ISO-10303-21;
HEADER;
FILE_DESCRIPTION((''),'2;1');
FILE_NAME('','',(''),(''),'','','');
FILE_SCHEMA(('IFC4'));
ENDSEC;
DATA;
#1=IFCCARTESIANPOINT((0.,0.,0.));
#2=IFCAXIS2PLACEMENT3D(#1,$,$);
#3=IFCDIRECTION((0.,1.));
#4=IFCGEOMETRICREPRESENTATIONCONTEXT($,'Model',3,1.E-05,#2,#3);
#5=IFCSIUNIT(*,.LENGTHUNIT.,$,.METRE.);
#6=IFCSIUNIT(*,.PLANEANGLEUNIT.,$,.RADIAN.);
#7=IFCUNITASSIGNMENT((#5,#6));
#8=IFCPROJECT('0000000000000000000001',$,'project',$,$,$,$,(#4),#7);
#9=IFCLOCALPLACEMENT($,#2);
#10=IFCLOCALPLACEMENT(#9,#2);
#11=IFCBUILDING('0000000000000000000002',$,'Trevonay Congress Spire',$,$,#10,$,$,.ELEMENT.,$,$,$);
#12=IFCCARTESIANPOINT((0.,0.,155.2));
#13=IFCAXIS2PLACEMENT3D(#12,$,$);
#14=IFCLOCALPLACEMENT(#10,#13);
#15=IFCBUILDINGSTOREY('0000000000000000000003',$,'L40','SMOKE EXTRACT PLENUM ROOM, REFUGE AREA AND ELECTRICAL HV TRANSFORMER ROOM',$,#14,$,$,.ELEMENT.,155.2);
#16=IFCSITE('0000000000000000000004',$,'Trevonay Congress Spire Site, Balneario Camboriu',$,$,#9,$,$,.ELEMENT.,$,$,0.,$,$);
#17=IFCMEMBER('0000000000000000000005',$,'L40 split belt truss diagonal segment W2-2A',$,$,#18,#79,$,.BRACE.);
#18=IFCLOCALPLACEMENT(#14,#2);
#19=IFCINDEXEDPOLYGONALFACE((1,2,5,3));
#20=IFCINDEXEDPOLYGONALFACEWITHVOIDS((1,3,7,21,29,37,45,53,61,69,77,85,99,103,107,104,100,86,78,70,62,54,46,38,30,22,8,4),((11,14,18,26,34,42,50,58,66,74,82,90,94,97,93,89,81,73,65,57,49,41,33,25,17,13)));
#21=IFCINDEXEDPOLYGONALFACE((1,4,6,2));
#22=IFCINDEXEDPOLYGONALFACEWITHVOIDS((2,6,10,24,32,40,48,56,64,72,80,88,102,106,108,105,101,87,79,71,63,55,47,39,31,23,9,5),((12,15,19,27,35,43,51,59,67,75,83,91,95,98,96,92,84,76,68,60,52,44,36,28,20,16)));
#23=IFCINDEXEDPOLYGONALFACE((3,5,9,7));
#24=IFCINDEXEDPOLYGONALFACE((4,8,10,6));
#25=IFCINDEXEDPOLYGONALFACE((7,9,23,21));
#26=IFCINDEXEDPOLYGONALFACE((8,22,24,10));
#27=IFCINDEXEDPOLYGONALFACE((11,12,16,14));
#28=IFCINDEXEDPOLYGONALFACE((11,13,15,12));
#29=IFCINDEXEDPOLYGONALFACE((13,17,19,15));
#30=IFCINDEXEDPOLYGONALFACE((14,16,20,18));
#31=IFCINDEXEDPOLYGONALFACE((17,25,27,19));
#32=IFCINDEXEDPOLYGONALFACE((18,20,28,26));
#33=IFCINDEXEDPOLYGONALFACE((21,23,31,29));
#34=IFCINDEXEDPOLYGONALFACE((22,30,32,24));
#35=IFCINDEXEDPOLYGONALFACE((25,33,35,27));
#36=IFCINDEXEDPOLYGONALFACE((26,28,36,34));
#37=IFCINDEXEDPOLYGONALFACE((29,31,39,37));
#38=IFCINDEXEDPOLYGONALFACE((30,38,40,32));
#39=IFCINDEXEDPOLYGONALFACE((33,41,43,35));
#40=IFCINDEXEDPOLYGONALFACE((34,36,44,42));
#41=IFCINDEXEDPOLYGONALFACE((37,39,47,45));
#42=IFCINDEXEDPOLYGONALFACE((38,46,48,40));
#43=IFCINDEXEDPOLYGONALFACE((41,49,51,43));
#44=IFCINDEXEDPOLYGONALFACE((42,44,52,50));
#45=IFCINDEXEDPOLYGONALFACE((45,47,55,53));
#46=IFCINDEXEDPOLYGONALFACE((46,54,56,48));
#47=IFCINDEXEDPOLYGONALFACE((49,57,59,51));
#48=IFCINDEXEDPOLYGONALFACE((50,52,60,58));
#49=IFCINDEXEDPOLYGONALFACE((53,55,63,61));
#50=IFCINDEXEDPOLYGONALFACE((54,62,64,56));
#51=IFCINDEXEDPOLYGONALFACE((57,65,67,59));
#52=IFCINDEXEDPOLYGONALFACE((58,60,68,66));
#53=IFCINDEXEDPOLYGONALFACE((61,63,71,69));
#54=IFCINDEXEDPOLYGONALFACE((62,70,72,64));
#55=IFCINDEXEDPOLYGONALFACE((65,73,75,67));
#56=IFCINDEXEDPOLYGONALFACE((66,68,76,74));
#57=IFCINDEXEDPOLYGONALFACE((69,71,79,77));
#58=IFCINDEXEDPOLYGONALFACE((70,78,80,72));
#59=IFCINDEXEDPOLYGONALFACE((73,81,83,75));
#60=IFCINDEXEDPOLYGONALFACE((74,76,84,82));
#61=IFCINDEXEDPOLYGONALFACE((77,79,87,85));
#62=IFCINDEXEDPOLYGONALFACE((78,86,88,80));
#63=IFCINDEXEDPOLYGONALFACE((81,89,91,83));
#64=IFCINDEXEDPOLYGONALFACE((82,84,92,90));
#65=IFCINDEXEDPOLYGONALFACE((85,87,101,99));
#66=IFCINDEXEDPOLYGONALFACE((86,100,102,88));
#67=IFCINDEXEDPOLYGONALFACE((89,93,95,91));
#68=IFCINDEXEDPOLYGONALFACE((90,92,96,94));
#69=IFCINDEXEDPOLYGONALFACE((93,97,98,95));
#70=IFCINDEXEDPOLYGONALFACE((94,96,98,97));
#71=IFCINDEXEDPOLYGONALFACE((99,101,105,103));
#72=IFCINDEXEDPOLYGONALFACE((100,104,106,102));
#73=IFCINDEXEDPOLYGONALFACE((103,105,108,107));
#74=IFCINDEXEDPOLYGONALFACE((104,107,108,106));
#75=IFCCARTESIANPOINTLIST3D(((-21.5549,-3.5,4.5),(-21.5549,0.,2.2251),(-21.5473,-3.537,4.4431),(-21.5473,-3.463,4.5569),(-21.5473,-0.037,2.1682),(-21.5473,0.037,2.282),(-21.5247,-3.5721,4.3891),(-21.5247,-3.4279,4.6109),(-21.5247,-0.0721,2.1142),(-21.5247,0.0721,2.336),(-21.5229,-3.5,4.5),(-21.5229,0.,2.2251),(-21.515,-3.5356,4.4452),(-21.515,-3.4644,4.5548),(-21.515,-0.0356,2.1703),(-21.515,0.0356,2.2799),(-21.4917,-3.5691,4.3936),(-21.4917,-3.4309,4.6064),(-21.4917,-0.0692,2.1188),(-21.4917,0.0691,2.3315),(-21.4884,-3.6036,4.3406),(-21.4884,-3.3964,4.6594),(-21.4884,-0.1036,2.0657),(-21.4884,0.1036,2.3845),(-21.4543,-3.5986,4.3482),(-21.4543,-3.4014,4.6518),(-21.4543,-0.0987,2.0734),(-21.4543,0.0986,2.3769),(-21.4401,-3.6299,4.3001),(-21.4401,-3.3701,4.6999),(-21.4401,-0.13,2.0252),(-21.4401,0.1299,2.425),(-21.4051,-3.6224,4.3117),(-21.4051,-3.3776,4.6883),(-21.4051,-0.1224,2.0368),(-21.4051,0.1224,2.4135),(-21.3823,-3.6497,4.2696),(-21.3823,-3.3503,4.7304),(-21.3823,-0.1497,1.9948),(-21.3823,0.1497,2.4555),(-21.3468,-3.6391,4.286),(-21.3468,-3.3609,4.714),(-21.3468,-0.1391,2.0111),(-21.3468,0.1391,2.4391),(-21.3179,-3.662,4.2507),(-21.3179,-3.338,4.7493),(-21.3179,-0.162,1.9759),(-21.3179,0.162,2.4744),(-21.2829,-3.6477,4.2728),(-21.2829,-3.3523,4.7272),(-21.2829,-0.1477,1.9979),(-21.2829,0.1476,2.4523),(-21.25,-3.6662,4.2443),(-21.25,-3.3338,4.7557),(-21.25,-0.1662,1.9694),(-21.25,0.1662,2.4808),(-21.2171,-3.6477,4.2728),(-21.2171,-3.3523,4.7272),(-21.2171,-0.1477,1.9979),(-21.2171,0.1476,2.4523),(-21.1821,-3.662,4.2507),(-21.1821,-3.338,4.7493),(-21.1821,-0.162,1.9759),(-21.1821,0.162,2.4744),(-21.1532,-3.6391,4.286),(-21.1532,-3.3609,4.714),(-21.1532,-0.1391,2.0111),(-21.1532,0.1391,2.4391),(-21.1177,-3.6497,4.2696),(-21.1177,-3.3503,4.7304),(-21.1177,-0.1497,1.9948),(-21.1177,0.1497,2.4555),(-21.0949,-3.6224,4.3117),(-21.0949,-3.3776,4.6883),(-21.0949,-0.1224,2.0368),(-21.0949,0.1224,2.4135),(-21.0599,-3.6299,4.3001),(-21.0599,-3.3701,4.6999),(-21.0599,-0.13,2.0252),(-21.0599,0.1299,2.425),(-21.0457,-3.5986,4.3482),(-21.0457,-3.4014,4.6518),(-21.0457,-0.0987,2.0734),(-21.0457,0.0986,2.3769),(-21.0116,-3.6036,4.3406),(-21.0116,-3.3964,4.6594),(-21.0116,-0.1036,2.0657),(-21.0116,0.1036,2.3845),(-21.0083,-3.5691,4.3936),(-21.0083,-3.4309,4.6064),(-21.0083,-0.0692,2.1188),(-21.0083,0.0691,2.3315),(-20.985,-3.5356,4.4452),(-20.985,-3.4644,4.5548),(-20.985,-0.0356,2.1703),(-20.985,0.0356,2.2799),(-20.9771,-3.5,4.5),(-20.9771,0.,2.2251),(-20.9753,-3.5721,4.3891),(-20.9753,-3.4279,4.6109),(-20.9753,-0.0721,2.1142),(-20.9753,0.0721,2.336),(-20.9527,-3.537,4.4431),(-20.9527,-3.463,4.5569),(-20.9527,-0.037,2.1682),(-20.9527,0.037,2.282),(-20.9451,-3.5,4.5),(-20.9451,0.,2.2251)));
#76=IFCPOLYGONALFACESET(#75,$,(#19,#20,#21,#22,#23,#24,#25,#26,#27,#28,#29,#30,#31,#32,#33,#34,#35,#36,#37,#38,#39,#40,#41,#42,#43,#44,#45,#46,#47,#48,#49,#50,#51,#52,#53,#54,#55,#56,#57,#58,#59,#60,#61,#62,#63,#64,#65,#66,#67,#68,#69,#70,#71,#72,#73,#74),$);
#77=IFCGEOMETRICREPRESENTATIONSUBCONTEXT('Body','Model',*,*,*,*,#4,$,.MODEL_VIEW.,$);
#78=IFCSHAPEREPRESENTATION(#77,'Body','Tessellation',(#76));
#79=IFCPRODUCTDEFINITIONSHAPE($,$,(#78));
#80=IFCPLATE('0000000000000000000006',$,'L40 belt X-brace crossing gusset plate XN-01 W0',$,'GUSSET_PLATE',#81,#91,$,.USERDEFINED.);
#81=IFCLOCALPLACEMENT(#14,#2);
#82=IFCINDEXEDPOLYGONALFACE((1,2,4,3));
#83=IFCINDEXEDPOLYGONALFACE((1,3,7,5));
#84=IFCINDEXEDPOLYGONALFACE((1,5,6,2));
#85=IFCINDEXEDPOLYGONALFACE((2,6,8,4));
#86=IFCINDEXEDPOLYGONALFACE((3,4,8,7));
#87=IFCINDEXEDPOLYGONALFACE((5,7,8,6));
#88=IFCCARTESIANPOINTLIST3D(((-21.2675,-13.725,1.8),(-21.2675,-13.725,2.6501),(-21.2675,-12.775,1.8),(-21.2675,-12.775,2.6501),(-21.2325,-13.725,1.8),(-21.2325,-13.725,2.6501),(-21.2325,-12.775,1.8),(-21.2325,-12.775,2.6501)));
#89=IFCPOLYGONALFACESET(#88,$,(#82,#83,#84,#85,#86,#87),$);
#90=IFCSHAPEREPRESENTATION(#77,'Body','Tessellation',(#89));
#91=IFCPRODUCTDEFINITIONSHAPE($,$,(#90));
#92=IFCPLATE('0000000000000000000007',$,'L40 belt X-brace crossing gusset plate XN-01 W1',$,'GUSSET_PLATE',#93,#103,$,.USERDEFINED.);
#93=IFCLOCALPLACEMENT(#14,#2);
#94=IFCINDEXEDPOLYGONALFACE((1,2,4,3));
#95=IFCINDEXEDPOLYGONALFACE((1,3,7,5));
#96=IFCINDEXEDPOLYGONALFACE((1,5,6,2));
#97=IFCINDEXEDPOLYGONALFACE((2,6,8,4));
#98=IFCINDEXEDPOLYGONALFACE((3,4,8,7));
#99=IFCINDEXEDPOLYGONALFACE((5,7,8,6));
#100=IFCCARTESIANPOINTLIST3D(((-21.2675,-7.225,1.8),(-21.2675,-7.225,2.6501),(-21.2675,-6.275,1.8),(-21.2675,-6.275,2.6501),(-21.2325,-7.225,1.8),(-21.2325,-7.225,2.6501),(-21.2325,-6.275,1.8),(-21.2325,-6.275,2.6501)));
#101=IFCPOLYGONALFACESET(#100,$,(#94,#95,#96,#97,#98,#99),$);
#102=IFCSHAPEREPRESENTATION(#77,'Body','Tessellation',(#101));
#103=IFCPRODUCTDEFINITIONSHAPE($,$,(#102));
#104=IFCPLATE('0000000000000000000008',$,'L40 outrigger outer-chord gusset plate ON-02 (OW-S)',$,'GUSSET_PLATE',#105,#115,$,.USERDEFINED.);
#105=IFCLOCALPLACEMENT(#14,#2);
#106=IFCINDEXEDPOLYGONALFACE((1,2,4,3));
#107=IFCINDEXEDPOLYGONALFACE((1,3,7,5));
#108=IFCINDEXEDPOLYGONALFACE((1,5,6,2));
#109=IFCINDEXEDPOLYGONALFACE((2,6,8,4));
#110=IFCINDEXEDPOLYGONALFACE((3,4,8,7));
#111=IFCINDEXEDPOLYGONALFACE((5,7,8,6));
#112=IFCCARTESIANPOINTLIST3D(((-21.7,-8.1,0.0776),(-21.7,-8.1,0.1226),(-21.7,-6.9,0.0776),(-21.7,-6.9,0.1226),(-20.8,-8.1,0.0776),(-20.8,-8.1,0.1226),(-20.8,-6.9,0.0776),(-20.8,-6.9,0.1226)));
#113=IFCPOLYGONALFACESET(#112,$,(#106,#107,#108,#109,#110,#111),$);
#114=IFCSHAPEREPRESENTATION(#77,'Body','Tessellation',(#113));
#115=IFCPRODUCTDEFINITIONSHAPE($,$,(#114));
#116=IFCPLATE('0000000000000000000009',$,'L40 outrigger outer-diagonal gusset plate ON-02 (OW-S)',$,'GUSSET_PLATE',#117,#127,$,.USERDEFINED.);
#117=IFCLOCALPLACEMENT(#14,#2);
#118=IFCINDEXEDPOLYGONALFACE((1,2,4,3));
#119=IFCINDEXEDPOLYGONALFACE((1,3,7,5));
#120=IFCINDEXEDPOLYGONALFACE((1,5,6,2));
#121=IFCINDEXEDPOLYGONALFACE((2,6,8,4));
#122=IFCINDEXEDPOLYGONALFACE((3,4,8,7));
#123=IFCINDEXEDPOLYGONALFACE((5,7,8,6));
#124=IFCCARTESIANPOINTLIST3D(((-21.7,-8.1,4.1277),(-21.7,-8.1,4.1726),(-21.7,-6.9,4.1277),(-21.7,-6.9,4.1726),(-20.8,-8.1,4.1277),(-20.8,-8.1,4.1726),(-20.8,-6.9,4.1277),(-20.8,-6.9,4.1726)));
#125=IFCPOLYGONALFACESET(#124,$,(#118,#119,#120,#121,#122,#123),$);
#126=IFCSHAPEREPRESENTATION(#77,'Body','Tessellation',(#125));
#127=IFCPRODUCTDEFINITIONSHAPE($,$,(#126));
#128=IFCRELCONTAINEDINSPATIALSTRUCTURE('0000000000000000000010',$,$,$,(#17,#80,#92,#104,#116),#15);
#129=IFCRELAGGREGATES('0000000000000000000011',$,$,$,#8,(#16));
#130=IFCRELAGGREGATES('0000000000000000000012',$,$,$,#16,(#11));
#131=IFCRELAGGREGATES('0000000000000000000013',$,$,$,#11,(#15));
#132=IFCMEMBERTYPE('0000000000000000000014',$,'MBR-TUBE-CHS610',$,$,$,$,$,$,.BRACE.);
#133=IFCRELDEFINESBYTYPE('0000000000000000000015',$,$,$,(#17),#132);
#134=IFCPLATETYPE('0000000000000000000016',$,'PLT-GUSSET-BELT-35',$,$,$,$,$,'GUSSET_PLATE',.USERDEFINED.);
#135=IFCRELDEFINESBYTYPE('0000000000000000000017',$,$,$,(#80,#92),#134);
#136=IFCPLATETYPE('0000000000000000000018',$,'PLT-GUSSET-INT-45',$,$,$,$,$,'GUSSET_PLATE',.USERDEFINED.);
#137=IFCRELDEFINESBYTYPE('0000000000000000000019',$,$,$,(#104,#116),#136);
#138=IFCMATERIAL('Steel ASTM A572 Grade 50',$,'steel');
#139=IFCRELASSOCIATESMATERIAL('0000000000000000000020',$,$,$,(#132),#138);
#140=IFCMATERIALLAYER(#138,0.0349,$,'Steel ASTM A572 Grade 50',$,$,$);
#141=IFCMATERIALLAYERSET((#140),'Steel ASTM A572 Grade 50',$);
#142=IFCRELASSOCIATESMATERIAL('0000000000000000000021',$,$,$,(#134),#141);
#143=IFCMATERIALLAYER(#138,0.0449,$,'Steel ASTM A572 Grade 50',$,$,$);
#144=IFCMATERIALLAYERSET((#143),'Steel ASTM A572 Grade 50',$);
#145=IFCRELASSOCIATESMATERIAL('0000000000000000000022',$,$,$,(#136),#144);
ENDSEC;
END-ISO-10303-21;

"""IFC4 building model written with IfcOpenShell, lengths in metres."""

from ifc_helpers import new_model, si_unit, direction, frame, origin, origin_2d, place, context, subcontext, project, spatial, rectangle, hollow_circle, extrude, material, layer, layer_set, material_profile, profile_set, type_object, element, save


model = new_model("IFC4")

# Units and contexts
model_context = context("Model", 3, precision=1e-05, world=origin(), true_north=direction((0.0, 1.0)))
body_context = subcontext(model_context, "Body", "Model", "MODEL_VIEW")
ifc_project = project(units=[si_unit("LENGTHUNIT", "METRE"), si_unit("PLANEANGLEUNIT", "RADIAN")], contexts=[model_context])

# Site, building, storey
site_placement = place(None, origin())
site = spatial("IfcSite", under=ifc_project, at=site_placement, Name="Trevonay Congress Spire Site, Balneario Camboriu", CompositionType="ELEMENT", RefElevation=0.0)
building_placement = place(site_placement, origin())
building = spatial("IfcBuilding", under=site, at=building_placement, Name="Trevonay Congress Spire", CompositionType="ELEMENT")
storey_placement = place(building_placement, frame((0.0, 0.0, 155.2)))
storey = spatial("IfcBuildingStorey", under=building, at=storey_placement, Name="L40", Description="SMOKE EXTRACT PLENUM ROOM, REFUGE AREA AND ELECTRICAL HV TRANSFORMER ROOM", CompositionType="ELEMENT", Elevation=155.2)

# Shared definitions
ifc_material_1 = material(Name="Steel ASTM A572 Grade 50", Category="steel")

# Member
ifc_material_profile_1 = material_profile(ifc_material_1, hollow_circle(Radius=0.3049, WallThickness=0.032, at=origin_2d()), Name="CHS 610x32")
ifc_profile_set_1 = profile_set([ifc_material_profile_1], Name="Steel ASTM A572 Grade 50")
member_type = type_object("IfcMemberType", Name="MBR-TUBE-CHS610", PredefinedType="BRACE", material=ifc_profile_set_1)
member_1_placement = place(storey_placement, frame((-21.25, -3.5, 4.5), z_axis=(0.0, 0.838454, -0.544972), x_axis=(-1.0, 0.0, 0.0)))
element("IfcMember", 1, at=member_1_placement, inside=storey, type_object=member_type, Name="L40 split belt truss diagonal segment W2-2A", PredefinedType="BRACE", context=body_context, shape_type="SweptSolid", body=[
    extrude(hollow_circle(Radius=0.3049, WallThickness=0.032, at=origin_2d()), origin(), (0.0, 0.0, 1.0), 4.1743),
])

# Plates
ifc_layer_1 = layer(ifc_material_1, 0.0349, Name="Steel ASTM A572 Grade 50")
ifc_layer_set_1 = layer_set([ifc_layer_1], Name="Steel ASTM A572 Grade 50")
plate_type_1 = type_object("IfcPlateType", Name="PLT-GUSSET-BELT-35", ElementType="GUSSET_PLATE", PredefinedType="USERDEFINED", material=ifc_layer_set_1)
for number, where, z_axis, x_axis, name in (
    (2, (-21.25, -13.25, 1.8), (0.0, 0.0, 1.0), (1.0, 0.0, 0.0), "L40 belt X-brace crossing gusset plate XN-01 W0"),
    (3, (-21.25, -6.75, 1.8), (0.0, 0.0, 1.0), (1.0, 0.0, 0.0), "L40 belt X-brace crossing gusset plate XN-01 W1"),
):
    element("IfcPlate", number, at=place(storey_placement, frame(where, z_axis=z_axis, x_axis=x_axis)), inside=storey, type_object=plate_type_1, Name=name, ObjectType="GUSSET_PLATE", PredefinedType="USERDEFINED", context=body_context, shape_type="SweptSolid", body=[
        extrude(rectangle(XDim=0.0349, YDim=0.95, at=origin_2d()), origin(), (0.0, 0.0, 1.0), 0.8501),
    ])
ifc_layer_2 = layer(ifc_material_1, 0.0449, Name="Steel ASTM A572 Grade 50")
ifc_layer_set_2 = layer_set([ifc_layer_2], Name="Steel ASTM A572 Grade 50")
plate_type_2 = type_object("IfcPlateType", Name="PLT-GUSSET-INT-45", ElementType="GUSSET_PLATE", PredefinedType="USERDEFINED", material=ifc_layer_set_2)
for number, where, z_axis, x_axis, name in (
    (4, (-21.25, -7.5, 0.0776), (0.0, 0.0, 1.0), (0.0, 1.0, 0.0), "L40 outrigger outer-chord gusset plate ON-02 (OW-S)"),
    (5, (-21.25, -7.5, 4.1277), (0.0, 0.0, 1.0), (0.0, 1.0, 0.0), "L40 outrigger outer-diagonal gusset plate ON-02 (OW-S)"),
):
    element("IfcPlate", number, at=place(storey_placement, frame(where, z_axis=z_axis, x_axis=x_axis)), inside=storey, type_object=plate_type_2, Name=name, ObjectType="GUSSET_PLATE", PredefinedType="USERDEFINED", context=body_context, shape_type="SweptSolid", body=[
        extrude(rectangle(XDim=1.2, YDim=0.8999, at=origin_2d()), origin(), (0.0, 0.0, 1.0), 0.0449),
    ])

save(model, "model.ifc")
